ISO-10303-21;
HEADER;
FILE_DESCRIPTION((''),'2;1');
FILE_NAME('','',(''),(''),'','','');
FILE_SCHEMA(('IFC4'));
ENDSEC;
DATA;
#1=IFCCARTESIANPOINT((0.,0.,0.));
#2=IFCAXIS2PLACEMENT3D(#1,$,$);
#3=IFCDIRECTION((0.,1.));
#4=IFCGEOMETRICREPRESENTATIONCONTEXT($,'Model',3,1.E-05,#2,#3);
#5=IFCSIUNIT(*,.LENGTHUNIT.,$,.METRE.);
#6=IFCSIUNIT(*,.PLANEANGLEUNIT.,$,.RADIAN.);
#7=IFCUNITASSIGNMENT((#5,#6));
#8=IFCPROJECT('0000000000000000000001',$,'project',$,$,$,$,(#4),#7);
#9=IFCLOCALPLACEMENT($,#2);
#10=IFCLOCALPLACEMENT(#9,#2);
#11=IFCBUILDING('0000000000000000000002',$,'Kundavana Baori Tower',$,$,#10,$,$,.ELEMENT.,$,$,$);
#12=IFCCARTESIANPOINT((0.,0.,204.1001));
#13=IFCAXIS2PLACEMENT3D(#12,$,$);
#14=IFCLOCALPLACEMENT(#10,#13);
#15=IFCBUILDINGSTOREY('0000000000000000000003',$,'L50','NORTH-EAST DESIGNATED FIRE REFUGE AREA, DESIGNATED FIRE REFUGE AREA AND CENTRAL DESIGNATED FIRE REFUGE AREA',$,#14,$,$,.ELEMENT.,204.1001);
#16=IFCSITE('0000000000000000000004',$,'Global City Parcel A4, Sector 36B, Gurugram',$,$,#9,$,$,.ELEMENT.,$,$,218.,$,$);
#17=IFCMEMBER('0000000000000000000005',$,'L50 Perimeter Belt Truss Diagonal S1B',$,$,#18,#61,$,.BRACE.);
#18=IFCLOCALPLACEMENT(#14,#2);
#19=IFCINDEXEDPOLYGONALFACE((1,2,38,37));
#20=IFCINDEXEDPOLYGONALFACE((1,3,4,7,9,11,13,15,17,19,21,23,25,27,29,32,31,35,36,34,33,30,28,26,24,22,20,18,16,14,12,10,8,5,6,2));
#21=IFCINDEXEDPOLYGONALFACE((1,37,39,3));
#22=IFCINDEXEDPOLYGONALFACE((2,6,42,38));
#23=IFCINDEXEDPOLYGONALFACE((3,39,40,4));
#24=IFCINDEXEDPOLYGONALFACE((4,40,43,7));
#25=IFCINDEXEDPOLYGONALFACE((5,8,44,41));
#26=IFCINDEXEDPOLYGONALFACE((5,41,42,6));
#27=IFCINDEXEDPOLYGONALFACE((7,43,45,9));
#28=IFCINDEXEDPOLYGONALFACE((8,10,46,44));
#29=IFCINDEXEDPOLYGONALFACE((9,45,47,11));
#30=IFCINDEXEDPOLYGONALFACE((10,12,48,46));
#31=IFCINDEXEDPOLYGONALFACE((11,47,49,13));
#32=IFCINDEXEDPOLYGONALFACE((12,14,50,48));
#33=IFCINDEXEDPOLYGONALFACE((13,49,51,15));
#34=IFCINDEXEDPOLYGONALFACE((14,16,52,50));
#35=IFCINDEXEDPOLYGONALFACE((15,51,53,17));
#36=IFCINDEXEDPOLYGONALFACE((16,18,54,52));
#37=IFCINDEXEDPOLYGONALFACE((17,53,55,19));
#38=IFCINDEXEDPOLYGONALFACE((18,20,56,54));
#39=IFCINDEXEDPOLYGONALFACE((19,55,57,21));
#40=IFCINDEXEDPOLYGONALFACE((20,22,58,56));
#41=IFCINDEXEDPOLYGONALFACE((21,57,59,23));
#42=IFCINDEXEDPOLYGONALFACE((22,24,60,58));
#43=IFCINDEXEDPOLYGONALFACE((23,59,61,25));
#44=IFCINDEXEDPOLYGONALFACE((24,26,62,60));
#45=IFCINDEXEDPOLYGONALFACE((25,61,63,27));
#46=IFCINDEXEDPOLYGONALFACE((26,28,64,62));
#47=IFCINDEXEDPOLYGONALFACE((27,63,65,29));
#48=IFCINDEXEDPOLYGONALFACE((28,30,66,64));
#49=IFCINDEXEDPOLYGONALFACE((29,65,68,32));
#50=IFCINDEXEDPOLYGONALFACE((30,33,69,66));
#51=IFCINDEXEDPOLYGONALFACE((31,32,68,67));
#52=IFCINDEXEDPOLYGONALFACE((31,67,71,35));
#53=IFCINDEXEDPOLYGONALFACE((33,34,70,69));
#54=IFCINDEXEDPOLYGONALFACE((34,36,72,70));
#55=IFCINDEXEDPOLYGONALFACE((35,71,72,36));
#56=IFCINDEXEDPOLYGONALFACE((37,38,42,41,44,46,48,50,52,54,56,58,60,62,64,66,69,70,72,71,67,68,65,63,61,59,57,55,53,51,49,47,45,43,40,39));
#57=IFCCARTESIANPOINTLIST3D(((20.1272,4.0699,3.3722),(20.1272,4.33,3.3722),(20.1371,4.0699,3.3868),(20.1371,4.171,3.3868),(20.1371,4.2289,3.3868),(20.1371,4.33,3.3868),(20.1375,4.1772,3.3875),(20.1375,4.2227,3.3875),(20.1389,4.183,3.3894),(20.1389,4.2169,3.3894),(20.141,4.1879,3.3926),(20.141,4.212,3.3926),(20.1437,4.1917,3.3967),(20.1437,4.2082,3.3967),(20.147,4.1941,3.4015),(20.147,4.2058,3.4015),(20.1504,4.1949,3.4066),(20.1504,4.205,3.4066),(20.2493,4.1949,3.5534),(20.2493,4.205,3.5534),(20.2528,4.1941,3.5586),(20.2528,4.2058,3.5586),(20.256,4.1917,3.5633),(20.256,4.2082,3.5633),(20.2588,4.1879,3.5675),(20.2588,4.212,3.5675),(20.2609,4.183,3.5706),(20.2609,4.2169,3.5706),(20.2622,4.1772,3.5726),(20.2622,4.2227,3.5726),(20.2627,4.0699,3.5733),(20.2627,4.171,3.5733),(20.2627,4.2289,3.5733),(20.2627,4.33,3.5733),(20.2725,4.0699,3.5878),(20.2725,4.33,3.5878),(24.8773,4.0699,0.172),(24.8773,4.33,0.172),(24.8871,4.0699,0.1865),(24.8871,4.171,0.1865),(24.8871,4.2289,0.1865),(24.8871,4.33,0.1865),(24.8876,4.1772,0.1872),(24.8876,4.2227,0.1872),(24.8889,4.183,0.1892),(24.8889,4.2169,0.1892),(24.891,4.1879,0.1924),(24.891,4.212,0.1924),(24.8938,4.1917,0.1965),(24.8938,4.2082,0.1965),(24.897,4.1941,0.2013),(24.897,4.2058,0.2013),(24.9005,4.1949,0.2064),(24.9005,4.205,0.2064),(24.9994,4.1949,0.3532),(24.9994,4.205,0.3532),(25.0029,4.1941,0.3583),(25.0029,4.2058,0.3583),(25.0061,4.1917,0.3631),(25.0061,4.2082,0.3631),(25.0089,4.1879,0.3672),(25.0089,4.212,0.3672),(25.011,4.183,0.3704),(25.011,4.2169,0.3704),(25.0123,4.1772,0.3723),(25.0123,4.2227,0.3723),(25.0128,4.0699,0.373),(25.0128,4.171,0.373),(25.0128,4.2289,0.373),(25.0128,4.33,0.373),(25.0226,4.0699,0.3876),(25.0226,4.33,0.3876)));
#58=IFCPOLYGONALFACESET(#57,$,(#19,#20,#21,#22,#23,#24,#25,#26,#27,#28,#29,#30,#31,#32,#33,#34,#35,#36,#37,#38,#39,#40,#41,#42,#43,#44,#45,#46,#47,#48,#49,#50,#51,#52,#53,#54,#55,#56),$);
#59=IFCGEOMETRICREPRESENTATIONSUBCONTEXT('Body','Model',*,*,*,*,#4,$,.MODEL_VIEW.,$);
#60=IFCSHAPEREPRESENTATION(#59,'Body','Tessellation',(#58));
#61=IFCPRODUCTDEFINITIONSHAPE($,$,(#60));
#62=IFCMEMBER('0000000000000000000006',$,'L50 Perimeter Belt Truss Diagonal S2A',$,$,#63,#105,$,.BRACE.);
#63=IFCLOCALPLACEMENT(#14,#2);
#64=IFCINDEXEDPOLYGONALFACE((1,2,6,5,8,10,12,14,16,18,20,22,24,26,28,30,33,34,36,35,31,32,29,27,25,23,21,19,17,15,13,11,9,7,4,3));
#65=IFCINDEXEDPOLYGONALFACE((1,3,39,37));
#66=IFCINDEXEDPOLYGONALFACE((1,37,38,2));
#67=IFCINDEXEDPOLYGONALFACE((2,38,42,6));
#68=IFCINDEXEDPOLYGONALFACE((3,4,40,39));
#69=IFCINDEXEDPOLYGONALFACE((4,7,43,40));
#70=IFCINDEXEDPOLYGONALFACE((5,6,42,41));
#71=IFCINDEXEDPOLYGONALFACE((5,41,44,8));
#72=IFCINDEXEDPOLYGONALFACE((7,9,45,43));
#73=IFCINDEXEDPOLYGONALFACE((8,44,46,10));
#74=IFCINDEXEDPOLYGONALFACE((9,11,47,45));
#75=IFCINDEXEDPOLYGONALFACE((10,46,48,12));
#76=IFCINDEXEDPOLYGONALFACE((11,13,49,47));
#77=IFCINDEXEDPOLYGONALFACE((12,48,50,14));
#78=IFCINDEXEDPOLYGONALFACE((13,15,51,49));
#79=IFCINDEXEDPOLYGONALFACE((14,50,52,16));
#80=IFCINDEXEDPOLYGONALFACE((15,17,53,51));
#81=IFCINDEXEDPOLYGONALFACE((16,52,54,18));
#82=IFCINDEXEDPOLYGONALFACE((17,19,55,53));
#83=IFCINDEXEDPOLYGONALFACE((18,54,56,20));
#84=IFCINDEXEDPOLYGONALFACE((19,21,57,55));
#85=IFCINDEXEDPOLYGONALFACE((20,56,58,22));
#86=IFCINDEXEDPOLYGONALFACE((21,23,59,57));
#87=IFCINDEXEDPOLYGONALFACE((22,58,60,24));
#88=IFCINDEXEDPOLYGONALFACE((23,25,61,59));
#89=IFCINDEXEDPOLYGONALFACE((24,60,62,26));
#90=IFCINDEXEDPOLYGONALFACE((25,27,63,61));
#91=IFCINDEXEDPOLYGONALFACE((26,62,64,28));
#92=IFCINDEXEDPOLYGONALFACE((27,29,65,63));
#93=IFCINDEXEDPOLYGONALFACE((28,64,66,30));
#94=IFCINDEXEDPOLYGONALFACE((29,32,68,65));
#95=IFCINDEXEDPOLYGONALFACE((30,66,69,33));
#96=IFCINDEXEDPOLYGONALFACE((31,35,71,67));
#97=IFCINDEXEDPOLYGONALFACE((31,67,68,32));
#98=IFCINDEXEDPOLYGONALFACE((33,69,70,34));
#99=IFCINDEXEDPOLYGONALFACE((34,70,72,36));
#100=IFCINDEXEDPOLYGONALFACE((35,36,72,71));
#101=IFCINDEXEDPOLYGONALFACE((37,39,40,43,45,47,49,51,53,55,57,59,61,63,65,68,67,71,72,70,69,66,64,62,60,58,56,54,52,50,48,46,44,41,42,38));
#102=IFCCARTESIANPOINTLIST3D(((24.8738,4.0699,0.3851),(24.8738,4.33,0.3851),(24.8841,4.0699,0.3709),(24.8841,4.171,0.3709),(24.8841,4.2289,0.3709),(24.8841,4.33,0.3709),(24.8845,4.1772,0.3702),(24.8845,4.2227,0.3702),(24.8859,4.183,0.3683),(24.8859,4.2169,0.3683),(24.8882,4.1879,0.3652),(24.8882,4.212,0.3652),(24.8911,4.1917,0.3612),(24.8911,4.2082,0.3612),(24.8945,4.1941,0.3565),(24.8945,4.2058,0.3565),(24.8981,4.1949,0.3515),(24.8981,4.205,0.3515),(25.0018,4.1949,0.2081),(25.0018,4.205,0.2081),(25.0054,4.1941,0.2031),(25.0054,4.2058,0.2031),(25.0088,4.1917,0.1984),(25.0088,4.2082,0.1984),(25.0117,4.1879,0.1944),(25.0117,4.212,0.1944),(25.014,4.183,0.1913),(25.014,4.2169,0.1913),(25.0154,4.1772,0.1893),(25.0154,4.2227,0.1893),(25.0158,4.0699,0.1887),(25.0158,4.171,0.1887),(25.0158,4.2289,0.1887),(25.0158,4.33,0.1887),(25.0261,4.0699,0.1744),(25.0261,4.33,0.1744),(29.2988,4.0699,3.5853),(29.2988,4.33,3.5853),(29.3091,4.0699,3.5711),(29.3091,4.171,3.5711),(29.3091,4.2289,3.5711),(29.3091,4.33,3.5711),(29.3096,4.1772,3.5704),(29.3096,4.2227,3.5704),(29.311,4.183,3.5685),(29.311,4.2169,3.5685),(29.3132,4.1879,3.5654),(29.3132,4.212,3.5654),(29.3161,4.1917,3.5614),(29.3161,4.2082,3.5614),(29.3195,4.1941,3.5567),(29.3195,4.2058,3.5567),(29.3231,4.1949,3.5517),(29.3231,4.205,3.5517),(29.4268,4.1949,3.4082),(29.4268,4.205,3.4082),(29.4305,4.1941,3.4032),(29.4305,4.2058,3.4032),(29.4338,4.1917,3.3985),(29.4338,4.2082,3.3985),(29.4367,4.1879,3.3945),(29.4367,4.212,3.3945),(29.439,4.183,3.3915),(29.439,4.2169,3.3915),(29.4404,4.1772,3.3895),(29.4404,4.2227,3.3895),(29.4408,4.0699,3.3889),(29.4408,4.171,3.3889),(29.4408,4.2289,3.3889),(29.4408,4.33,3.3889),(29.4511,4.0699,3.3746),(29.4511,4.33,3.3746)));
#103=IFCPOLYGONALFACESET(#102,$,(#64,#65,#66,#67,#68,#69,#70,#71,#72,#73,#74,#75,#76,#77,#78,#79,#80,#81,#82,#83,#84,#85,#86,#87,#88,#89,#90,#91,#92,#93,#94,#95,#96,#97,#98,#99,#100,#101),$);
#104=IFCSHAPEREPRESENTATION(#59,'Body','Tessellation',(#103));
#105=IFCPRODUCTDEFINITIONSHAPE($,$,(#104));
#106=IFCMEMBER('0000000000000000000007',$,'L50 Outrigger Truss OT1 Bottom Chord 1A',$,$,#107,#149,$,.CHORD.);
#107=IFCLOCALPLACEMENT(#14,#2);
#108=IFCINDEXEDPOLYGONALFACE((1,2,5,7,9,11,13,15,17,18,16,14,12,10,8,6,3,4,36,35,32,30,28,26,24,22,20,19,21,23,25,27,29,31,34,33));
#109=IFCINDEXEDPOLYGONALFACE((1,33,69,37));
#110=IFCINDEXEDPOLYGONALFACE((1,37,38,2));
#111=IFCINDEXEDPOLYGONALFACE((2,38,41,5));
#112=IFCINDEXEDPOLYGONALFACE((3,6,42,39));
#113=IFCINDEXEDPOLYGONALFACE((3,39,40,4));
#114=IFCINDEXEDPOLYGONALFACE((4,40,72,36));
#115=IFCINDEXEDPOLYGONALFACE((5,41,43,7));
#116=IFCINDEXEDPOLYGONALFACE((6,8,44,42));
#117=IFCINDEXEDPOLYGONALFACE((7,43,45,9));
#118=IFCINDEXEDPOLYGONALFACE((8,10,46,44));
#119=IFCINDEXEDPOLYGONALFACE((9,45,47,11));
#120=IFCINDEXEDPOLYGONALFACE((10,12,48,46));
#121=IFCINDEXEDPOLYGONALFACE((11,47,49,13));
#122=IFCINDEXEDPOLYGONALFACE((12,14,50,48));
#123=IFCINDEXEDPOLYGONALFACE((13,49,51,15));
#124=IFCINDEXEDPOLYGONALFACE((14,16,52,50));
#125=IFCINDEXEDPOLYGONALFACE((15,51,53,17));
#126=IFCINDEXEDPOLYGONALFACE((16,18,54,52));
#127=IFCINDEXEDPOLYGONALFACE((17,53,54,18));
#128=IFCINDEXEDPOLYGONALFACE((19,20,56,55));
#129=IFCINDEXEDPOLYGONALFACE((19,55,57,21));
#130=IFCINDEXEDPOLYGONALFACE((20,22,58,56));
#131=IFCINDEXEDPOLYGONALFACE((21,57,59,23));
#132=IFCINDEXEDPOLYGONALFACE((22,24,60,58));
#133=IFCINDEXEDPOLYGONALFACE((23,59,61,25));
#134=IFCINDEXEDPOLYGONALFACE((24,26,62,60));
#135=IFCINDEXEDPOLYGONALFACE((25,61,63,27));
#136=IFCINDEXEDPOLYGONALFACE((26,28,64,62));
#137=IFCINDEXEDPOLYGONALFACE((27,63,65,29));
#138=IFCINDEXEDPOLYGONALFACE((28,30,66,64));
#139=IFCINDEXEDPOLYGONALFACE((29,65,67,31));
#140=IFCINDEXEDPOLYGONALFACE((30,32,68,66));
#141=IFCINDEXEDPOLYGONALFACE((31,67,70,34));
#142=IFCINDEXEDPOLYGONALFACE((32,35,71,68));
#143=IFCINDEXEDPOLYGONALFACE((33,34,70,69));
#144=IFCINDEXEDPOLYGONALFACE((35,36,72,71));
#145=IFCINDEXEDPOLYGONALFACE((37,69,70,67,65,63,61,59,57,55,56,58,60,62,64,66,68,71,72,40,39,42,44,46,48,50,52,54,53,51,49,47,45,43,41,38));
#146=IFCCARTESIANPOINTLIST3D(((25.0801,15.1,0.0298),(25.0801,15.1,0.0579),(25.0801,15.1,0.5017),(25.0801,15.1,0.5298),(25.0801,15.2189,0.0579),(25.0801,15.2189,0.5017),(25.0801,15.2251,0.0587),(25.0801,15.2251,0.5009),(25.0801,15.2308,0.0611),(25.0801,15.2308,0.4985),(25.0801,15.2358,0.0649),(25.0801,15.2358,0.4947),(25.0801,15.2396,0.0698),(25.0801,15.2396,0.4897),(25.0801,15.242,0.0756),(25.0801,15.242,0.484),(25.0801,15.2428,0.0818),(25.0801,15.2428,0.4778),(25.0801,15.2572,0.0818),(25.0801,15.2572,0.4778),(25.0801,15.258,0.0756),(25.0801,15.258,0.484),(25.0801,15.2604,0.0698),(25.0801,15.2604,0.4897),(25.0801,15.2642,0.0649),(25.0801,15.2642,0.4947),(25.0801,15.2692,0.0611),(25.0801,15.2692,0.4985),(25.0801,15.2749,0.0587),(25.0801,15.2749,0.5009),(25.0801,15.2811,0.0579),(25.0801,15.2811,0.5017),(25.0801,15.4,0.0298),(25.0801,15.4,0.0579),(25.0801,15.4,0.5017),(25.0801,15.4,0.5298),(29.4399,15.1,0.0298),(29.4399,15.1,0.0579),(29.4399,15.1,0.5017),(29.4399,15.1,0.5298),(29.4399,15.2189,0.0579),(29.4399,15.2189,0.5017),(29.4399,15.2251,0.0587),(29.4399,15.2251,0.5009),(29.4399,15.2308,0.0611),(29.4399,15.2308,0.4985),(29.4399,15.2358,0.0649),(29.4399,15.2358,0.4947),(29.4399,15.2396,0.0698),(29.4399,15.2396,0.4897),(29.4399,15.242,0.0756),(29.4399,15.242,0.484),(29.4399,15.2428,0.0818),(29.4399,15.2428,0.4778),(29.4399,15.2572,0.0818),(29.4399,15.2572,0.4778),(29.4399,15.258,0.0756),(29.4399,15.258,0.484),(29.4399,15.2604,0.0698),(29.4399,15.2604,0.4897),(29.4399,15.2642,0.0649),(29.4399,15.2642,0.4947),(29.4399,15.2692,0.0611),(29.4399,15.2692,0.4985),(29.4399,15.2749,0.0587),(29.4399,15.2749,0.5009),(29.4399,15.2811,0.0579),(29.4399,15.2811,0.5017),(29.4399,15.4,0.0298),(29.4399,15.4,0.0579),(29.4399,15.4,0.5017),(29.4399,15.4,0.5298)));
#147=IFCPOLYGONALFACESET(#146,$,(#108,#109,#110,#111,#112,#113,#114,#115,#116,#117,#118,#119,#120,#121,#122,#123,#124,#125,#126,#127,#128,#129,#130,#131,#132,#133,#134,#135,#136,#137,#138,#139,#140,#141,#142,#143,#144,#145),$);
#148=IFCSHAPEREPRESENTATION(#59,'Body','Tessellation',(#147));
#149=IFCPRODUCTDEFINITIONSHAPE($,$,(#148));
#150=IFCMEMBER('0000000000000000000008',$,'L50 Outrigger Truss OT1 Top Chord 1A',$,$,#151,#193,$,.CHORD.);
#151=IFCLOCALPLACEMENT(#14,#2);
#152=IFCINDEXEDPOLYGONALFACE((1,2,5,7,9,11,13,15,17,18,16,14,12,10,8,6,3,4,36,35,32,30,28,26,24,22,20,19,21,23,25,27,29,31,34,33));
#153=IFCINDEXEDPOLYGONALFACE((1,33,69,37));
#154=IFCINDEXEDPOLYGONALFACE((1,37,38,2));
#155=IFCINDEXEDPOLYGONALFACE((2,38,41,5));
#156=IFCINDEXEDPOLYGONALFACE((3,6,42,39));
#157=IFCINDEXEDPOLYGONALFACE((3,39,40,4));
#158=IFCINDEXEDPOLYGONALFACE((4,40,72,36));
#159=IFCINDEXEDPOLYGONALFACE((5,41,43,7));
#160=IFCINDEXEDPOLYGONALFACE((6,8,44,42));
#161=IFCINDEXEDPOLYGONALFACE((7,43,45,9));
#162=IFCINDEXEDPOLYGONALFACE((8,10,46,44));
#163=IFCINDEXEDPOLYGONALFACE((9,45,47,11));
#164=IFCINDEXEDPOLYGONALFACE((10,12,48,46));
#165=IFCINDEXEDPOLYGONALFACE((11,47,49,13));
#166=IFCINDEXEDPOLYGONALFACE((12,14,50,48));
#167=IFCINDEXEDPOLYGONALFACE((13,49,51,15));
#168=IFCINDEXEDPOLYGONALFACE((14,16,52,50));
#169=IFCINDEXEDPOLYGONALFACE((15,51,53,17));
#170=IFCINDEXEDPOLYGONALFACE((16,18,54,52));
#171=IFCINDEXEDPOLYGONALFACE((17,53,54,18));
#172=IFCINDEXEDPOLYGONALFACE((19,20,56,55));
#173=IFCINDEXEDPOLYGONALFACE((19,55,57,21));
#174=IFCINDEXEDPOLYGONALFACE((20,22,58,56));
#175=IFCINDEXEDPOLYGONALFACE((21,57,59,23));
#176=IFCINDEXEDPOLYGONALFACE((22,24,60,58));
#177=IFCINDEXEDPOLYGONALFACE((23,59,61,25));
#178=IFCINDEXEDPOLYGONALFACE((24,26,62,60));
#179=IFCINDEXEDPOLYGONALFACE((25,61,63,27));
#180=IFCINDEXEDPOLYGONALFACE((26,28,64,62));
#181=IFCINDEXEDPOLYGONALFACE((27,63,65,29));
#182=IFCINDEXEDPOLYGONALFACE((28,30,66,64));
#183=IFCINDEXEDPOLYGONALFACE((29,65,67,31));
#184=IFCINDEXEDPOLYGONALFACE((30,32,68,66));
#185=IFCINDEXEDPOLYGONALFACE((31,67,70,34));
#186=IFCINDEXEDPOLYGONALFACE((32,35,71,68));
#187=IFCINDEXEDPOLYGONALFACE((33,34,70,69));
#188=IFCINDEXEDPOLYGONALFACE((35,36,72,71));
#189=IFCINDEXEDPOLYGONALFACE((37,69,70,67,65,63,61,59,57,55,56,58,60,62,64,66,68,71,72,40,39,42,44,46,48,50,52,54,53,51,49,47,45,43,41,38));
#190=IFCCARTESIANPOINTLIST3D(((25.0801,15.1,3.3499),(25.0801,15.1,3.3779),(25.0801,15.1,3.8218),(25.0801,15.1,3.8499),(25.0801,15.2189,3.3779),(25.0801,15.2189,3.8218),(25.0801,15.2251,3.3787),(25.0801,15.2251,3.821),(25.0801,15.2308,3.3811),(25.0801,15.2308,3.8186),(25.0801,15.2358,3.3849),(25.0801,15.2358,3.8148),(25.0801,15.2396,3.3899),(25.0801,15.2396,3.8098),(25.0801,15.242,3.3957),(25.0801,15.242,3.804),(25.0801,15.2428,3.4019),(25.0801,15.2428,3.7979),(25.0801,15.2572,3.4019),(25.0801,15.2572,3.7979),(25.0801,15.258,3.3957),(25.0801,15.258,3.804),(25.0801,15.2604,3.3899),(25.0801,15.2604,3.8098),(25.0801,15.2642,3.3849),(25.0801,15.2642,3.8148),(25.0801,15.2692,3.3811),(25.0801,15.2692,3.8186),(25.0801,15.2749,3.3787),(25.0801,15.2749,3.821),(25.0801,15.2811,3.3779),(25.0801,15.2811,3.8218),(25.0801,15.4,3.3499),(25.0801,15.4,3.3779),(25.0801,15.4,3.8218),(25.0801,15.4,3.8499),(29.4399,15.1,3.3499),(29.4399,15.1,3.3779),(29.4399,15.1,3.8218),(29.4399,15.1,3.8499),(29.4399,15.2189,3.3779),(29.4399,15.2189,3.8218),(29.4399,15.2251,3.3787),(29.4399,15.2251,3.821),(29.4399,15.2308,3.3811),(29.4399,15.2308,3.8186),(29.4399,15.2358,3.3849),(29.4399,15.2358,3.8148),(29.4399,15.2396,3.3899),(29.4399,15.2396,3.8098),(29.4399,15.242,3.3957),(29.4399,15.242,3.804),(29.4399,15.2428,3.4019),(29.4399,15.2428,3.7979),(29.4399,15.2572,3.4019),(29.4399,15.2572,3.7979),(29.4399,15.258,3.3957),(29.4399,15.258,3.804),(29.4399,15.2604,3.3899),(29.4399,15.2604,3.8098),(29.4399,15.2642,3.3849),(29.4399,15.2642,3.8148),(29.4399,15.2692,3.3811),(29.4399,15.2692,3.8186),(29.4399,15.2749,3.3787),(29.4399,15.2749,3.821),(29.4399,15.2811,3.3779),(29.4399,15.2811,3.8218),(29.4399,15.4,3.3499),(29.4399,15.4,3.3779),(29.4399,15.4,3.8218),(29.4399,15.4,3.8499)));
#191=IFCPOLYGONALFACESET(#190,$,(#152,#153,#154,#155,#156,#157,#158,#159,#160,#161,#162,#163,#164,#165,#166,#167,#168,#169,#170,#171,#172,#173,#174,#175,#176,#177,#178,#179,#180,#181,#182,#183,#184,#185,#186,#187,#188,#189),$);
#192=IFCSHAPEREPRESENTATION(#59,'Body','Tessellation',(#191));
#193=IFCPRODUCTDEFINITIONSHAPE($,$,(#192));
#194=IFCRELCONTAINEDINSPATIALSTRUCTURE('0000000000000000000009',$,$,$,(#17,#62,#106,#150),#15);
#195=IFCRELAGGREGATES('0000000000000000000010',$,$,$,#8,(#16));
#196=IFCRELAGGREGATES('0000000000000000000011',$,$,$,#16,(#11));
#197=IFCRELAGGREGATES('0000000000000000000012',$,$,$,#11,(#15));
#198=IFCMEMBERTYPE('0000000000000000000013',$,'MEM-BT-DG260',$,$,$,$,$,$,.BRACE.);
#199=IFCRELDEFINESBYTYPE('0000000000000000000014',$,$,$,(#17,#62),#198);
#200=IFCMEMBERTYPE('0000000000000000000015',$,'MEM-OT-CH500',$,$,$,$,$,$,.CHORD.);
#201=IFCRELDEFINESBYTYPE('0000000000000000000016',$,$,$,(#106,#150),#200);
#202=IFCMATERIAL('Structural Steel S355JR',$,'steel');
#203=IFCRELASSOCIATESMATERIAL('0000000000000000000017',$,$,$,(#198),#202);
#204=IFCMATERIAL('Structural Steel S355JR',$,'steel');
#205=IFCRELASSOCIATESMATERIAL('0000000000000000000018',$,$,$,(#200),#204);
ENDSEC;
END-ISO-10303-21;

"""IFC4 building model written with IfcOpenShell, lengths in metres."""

from ifc_helpers import new_model, si_unit, direction, frame, origin, origin_2d, place, context, subcontext, project, spatial, i_section, extrude, material, material_profile, profile_set, type_object, element, save


model = new_model("IFC4")

# Units and contexts
model_context = context("Model", 3, precision=1e-05, world=origin(), true_north=direction((0.0, 1.0)))
body_context = subcontext(model_context, "Body", "Model", "MODEL_VIEW")
ifc_project = project(units=[si_unit("LENGTHUNIT", "METRE"), si_unit("PLANEANGLEUNIT", "RADIAN")], contexts=[model_context])

# Site, building, storey
site_placement = place(None, origin())
site = spatial("IfcSite", under=ifc_project, at=site_placement, Name="Global City Parcel A4, Sector 36B, Gurugram", CompositionType="ELEMENT", RefElevation=218.0)
building_placement = place(site_placement, origin())
building = spatial("IfcBuilding", under=site, at=building_placement, Name="Kundavana Baori Tower", CompositionType="ELEMENT")
storey_placement = place(building_placement, frame((0.0, 0.0, 204.1001)))
storey = spatial("IfcBuildingStorey", under=building, at=storey_placement, Name="L50", Description="NORTH-EAST DESIGNATED FIRE REFUGE AREA, DESIGNATED FIRE REFUGE AREA AND CENTRAL DESIGNATED FIRE REFUGE AREA", CompositionType="ELEMENT", Elevation=204.1001)

# Members
ifc_material_1 = material(Name="Structural Steel S355JR", Category="steel")
ifc_material_profile_1 = material_profile(ifc_material_1, i_section(OverallWidth=0.26, OverallDepth=0.26, WebThickness=0.01, FlangeThickness=0.0176, FilletRadius=0.0239, at=origin_2d()), Name="WPB 260x260x93")
ifc_profile_set_1 = profile_set([ifc_material_profile_1], Name="Structural Steel S355JR")
member_type_1 = type_object("IfcMemberType", Name="MEM-BT-DG260", PredefinedType="BRACE", material=ifc_profile_set_1)
member_1_placement = place(storey_placement, frame((24.95, 4.2, 0.2798), z_axis=(-0.829339, 0.0, 0.558746), x_axis=(0.0, -1.0, 0.0)))
element("IfcMember", 1, at=member_1_placement, inside=storey, type_object=member_type_1, Name="L50 Perimeter Belt Truss Diagonal S1B", PredefinedType="BRACE", context=body_context, shape_type="SweptSolid", body=[
    extrude(i_section(OverallWidth=0.26, OverallDepth=0.26, WebThickness=0.01, FlangeThickness=0.0176, FilletRadius=0.0239, at=origin_2d()), origin(), (0.0, 0.0, 1.0), 5.7275),
])
member_2_placement = place(storey_placement, frame((24.95, 4.2, 0.2798), z_axis=(0.810303, 0.0, 0.586011), x_axis=(0.0, 1.0, 0.0)))
element("IfcMember", 2, at=member_2_placement, inside=storey, type_object=member_type_1, Name="L50 Perimeter Belt Truss Diagonal S2A", PredefinedType="BRACE", context=body_context, shape_type="SweptSolid", body=[
    extrude(i_section(OverallWidth=0.26, OverallDepth=0.26, WebThickness=0.01, FlangeThickness=0.0176, FilletRadius=0.0239, at=origin_2d()), origin(), (0.0, 0.0, 1.0), 5.4609),
])
ifc_material_2 = material(Name="Structural Steel S355JR", Category="steel")
ifc_material_profile_2 = material_profile(ifc_material_2, i_section(OverallWidth=0.3, OverallDepth=0.5, WebThickness=0.0144, FlangeThickness=0.0281, FilletRadius=0.0239, at=origin_2d()), Name="WPB 500x300x155")
ifc_profile_set_2 = profile_set([ifc_material_profile_2], Name="Structural Steel S355JR")
member_type_2 = type_object("IfcMemberType", Name="MEM-OT-CH500", PredefinedType="CHORD", material=ifc_profile_set_2)
for number, where, z_axis, x_axis, name in (
    (3, (25.0801, 15.25, 0.2798), (1.0, 0.0, 0.0), (0.0, 1.0, 0.0), "L50 Outrigger Truss OT1 Bottom Chord 1A"),
    (4, (25.0801, 15.25, 3.5999), (1.0, 0.0, 0.0), (0.0, 1.0, 0.0), "L50 Outrigger Truss OT1 Top Chord 1A"),
):
    element("IfcMember", number, at=place(storey_placement, frame(where, z_axis=z_axis, x_axis=x_axis)), inside=storey, type_object=member_type_2, Name=name, PredefinedType="CHORD", context=body_context, shape_type="SweptSolid", body=[
        extrude(i_section(OverallWidth=0.3, OverallDepth=0.5, WebThickness=0.0144, FlangeThickness=0.0281, FilletRadius=0.0239, at=origin_2d()), origin(), (0.0, 0.0, 1.0), 4.3599),
    ])

save(model, "model.ifc")
